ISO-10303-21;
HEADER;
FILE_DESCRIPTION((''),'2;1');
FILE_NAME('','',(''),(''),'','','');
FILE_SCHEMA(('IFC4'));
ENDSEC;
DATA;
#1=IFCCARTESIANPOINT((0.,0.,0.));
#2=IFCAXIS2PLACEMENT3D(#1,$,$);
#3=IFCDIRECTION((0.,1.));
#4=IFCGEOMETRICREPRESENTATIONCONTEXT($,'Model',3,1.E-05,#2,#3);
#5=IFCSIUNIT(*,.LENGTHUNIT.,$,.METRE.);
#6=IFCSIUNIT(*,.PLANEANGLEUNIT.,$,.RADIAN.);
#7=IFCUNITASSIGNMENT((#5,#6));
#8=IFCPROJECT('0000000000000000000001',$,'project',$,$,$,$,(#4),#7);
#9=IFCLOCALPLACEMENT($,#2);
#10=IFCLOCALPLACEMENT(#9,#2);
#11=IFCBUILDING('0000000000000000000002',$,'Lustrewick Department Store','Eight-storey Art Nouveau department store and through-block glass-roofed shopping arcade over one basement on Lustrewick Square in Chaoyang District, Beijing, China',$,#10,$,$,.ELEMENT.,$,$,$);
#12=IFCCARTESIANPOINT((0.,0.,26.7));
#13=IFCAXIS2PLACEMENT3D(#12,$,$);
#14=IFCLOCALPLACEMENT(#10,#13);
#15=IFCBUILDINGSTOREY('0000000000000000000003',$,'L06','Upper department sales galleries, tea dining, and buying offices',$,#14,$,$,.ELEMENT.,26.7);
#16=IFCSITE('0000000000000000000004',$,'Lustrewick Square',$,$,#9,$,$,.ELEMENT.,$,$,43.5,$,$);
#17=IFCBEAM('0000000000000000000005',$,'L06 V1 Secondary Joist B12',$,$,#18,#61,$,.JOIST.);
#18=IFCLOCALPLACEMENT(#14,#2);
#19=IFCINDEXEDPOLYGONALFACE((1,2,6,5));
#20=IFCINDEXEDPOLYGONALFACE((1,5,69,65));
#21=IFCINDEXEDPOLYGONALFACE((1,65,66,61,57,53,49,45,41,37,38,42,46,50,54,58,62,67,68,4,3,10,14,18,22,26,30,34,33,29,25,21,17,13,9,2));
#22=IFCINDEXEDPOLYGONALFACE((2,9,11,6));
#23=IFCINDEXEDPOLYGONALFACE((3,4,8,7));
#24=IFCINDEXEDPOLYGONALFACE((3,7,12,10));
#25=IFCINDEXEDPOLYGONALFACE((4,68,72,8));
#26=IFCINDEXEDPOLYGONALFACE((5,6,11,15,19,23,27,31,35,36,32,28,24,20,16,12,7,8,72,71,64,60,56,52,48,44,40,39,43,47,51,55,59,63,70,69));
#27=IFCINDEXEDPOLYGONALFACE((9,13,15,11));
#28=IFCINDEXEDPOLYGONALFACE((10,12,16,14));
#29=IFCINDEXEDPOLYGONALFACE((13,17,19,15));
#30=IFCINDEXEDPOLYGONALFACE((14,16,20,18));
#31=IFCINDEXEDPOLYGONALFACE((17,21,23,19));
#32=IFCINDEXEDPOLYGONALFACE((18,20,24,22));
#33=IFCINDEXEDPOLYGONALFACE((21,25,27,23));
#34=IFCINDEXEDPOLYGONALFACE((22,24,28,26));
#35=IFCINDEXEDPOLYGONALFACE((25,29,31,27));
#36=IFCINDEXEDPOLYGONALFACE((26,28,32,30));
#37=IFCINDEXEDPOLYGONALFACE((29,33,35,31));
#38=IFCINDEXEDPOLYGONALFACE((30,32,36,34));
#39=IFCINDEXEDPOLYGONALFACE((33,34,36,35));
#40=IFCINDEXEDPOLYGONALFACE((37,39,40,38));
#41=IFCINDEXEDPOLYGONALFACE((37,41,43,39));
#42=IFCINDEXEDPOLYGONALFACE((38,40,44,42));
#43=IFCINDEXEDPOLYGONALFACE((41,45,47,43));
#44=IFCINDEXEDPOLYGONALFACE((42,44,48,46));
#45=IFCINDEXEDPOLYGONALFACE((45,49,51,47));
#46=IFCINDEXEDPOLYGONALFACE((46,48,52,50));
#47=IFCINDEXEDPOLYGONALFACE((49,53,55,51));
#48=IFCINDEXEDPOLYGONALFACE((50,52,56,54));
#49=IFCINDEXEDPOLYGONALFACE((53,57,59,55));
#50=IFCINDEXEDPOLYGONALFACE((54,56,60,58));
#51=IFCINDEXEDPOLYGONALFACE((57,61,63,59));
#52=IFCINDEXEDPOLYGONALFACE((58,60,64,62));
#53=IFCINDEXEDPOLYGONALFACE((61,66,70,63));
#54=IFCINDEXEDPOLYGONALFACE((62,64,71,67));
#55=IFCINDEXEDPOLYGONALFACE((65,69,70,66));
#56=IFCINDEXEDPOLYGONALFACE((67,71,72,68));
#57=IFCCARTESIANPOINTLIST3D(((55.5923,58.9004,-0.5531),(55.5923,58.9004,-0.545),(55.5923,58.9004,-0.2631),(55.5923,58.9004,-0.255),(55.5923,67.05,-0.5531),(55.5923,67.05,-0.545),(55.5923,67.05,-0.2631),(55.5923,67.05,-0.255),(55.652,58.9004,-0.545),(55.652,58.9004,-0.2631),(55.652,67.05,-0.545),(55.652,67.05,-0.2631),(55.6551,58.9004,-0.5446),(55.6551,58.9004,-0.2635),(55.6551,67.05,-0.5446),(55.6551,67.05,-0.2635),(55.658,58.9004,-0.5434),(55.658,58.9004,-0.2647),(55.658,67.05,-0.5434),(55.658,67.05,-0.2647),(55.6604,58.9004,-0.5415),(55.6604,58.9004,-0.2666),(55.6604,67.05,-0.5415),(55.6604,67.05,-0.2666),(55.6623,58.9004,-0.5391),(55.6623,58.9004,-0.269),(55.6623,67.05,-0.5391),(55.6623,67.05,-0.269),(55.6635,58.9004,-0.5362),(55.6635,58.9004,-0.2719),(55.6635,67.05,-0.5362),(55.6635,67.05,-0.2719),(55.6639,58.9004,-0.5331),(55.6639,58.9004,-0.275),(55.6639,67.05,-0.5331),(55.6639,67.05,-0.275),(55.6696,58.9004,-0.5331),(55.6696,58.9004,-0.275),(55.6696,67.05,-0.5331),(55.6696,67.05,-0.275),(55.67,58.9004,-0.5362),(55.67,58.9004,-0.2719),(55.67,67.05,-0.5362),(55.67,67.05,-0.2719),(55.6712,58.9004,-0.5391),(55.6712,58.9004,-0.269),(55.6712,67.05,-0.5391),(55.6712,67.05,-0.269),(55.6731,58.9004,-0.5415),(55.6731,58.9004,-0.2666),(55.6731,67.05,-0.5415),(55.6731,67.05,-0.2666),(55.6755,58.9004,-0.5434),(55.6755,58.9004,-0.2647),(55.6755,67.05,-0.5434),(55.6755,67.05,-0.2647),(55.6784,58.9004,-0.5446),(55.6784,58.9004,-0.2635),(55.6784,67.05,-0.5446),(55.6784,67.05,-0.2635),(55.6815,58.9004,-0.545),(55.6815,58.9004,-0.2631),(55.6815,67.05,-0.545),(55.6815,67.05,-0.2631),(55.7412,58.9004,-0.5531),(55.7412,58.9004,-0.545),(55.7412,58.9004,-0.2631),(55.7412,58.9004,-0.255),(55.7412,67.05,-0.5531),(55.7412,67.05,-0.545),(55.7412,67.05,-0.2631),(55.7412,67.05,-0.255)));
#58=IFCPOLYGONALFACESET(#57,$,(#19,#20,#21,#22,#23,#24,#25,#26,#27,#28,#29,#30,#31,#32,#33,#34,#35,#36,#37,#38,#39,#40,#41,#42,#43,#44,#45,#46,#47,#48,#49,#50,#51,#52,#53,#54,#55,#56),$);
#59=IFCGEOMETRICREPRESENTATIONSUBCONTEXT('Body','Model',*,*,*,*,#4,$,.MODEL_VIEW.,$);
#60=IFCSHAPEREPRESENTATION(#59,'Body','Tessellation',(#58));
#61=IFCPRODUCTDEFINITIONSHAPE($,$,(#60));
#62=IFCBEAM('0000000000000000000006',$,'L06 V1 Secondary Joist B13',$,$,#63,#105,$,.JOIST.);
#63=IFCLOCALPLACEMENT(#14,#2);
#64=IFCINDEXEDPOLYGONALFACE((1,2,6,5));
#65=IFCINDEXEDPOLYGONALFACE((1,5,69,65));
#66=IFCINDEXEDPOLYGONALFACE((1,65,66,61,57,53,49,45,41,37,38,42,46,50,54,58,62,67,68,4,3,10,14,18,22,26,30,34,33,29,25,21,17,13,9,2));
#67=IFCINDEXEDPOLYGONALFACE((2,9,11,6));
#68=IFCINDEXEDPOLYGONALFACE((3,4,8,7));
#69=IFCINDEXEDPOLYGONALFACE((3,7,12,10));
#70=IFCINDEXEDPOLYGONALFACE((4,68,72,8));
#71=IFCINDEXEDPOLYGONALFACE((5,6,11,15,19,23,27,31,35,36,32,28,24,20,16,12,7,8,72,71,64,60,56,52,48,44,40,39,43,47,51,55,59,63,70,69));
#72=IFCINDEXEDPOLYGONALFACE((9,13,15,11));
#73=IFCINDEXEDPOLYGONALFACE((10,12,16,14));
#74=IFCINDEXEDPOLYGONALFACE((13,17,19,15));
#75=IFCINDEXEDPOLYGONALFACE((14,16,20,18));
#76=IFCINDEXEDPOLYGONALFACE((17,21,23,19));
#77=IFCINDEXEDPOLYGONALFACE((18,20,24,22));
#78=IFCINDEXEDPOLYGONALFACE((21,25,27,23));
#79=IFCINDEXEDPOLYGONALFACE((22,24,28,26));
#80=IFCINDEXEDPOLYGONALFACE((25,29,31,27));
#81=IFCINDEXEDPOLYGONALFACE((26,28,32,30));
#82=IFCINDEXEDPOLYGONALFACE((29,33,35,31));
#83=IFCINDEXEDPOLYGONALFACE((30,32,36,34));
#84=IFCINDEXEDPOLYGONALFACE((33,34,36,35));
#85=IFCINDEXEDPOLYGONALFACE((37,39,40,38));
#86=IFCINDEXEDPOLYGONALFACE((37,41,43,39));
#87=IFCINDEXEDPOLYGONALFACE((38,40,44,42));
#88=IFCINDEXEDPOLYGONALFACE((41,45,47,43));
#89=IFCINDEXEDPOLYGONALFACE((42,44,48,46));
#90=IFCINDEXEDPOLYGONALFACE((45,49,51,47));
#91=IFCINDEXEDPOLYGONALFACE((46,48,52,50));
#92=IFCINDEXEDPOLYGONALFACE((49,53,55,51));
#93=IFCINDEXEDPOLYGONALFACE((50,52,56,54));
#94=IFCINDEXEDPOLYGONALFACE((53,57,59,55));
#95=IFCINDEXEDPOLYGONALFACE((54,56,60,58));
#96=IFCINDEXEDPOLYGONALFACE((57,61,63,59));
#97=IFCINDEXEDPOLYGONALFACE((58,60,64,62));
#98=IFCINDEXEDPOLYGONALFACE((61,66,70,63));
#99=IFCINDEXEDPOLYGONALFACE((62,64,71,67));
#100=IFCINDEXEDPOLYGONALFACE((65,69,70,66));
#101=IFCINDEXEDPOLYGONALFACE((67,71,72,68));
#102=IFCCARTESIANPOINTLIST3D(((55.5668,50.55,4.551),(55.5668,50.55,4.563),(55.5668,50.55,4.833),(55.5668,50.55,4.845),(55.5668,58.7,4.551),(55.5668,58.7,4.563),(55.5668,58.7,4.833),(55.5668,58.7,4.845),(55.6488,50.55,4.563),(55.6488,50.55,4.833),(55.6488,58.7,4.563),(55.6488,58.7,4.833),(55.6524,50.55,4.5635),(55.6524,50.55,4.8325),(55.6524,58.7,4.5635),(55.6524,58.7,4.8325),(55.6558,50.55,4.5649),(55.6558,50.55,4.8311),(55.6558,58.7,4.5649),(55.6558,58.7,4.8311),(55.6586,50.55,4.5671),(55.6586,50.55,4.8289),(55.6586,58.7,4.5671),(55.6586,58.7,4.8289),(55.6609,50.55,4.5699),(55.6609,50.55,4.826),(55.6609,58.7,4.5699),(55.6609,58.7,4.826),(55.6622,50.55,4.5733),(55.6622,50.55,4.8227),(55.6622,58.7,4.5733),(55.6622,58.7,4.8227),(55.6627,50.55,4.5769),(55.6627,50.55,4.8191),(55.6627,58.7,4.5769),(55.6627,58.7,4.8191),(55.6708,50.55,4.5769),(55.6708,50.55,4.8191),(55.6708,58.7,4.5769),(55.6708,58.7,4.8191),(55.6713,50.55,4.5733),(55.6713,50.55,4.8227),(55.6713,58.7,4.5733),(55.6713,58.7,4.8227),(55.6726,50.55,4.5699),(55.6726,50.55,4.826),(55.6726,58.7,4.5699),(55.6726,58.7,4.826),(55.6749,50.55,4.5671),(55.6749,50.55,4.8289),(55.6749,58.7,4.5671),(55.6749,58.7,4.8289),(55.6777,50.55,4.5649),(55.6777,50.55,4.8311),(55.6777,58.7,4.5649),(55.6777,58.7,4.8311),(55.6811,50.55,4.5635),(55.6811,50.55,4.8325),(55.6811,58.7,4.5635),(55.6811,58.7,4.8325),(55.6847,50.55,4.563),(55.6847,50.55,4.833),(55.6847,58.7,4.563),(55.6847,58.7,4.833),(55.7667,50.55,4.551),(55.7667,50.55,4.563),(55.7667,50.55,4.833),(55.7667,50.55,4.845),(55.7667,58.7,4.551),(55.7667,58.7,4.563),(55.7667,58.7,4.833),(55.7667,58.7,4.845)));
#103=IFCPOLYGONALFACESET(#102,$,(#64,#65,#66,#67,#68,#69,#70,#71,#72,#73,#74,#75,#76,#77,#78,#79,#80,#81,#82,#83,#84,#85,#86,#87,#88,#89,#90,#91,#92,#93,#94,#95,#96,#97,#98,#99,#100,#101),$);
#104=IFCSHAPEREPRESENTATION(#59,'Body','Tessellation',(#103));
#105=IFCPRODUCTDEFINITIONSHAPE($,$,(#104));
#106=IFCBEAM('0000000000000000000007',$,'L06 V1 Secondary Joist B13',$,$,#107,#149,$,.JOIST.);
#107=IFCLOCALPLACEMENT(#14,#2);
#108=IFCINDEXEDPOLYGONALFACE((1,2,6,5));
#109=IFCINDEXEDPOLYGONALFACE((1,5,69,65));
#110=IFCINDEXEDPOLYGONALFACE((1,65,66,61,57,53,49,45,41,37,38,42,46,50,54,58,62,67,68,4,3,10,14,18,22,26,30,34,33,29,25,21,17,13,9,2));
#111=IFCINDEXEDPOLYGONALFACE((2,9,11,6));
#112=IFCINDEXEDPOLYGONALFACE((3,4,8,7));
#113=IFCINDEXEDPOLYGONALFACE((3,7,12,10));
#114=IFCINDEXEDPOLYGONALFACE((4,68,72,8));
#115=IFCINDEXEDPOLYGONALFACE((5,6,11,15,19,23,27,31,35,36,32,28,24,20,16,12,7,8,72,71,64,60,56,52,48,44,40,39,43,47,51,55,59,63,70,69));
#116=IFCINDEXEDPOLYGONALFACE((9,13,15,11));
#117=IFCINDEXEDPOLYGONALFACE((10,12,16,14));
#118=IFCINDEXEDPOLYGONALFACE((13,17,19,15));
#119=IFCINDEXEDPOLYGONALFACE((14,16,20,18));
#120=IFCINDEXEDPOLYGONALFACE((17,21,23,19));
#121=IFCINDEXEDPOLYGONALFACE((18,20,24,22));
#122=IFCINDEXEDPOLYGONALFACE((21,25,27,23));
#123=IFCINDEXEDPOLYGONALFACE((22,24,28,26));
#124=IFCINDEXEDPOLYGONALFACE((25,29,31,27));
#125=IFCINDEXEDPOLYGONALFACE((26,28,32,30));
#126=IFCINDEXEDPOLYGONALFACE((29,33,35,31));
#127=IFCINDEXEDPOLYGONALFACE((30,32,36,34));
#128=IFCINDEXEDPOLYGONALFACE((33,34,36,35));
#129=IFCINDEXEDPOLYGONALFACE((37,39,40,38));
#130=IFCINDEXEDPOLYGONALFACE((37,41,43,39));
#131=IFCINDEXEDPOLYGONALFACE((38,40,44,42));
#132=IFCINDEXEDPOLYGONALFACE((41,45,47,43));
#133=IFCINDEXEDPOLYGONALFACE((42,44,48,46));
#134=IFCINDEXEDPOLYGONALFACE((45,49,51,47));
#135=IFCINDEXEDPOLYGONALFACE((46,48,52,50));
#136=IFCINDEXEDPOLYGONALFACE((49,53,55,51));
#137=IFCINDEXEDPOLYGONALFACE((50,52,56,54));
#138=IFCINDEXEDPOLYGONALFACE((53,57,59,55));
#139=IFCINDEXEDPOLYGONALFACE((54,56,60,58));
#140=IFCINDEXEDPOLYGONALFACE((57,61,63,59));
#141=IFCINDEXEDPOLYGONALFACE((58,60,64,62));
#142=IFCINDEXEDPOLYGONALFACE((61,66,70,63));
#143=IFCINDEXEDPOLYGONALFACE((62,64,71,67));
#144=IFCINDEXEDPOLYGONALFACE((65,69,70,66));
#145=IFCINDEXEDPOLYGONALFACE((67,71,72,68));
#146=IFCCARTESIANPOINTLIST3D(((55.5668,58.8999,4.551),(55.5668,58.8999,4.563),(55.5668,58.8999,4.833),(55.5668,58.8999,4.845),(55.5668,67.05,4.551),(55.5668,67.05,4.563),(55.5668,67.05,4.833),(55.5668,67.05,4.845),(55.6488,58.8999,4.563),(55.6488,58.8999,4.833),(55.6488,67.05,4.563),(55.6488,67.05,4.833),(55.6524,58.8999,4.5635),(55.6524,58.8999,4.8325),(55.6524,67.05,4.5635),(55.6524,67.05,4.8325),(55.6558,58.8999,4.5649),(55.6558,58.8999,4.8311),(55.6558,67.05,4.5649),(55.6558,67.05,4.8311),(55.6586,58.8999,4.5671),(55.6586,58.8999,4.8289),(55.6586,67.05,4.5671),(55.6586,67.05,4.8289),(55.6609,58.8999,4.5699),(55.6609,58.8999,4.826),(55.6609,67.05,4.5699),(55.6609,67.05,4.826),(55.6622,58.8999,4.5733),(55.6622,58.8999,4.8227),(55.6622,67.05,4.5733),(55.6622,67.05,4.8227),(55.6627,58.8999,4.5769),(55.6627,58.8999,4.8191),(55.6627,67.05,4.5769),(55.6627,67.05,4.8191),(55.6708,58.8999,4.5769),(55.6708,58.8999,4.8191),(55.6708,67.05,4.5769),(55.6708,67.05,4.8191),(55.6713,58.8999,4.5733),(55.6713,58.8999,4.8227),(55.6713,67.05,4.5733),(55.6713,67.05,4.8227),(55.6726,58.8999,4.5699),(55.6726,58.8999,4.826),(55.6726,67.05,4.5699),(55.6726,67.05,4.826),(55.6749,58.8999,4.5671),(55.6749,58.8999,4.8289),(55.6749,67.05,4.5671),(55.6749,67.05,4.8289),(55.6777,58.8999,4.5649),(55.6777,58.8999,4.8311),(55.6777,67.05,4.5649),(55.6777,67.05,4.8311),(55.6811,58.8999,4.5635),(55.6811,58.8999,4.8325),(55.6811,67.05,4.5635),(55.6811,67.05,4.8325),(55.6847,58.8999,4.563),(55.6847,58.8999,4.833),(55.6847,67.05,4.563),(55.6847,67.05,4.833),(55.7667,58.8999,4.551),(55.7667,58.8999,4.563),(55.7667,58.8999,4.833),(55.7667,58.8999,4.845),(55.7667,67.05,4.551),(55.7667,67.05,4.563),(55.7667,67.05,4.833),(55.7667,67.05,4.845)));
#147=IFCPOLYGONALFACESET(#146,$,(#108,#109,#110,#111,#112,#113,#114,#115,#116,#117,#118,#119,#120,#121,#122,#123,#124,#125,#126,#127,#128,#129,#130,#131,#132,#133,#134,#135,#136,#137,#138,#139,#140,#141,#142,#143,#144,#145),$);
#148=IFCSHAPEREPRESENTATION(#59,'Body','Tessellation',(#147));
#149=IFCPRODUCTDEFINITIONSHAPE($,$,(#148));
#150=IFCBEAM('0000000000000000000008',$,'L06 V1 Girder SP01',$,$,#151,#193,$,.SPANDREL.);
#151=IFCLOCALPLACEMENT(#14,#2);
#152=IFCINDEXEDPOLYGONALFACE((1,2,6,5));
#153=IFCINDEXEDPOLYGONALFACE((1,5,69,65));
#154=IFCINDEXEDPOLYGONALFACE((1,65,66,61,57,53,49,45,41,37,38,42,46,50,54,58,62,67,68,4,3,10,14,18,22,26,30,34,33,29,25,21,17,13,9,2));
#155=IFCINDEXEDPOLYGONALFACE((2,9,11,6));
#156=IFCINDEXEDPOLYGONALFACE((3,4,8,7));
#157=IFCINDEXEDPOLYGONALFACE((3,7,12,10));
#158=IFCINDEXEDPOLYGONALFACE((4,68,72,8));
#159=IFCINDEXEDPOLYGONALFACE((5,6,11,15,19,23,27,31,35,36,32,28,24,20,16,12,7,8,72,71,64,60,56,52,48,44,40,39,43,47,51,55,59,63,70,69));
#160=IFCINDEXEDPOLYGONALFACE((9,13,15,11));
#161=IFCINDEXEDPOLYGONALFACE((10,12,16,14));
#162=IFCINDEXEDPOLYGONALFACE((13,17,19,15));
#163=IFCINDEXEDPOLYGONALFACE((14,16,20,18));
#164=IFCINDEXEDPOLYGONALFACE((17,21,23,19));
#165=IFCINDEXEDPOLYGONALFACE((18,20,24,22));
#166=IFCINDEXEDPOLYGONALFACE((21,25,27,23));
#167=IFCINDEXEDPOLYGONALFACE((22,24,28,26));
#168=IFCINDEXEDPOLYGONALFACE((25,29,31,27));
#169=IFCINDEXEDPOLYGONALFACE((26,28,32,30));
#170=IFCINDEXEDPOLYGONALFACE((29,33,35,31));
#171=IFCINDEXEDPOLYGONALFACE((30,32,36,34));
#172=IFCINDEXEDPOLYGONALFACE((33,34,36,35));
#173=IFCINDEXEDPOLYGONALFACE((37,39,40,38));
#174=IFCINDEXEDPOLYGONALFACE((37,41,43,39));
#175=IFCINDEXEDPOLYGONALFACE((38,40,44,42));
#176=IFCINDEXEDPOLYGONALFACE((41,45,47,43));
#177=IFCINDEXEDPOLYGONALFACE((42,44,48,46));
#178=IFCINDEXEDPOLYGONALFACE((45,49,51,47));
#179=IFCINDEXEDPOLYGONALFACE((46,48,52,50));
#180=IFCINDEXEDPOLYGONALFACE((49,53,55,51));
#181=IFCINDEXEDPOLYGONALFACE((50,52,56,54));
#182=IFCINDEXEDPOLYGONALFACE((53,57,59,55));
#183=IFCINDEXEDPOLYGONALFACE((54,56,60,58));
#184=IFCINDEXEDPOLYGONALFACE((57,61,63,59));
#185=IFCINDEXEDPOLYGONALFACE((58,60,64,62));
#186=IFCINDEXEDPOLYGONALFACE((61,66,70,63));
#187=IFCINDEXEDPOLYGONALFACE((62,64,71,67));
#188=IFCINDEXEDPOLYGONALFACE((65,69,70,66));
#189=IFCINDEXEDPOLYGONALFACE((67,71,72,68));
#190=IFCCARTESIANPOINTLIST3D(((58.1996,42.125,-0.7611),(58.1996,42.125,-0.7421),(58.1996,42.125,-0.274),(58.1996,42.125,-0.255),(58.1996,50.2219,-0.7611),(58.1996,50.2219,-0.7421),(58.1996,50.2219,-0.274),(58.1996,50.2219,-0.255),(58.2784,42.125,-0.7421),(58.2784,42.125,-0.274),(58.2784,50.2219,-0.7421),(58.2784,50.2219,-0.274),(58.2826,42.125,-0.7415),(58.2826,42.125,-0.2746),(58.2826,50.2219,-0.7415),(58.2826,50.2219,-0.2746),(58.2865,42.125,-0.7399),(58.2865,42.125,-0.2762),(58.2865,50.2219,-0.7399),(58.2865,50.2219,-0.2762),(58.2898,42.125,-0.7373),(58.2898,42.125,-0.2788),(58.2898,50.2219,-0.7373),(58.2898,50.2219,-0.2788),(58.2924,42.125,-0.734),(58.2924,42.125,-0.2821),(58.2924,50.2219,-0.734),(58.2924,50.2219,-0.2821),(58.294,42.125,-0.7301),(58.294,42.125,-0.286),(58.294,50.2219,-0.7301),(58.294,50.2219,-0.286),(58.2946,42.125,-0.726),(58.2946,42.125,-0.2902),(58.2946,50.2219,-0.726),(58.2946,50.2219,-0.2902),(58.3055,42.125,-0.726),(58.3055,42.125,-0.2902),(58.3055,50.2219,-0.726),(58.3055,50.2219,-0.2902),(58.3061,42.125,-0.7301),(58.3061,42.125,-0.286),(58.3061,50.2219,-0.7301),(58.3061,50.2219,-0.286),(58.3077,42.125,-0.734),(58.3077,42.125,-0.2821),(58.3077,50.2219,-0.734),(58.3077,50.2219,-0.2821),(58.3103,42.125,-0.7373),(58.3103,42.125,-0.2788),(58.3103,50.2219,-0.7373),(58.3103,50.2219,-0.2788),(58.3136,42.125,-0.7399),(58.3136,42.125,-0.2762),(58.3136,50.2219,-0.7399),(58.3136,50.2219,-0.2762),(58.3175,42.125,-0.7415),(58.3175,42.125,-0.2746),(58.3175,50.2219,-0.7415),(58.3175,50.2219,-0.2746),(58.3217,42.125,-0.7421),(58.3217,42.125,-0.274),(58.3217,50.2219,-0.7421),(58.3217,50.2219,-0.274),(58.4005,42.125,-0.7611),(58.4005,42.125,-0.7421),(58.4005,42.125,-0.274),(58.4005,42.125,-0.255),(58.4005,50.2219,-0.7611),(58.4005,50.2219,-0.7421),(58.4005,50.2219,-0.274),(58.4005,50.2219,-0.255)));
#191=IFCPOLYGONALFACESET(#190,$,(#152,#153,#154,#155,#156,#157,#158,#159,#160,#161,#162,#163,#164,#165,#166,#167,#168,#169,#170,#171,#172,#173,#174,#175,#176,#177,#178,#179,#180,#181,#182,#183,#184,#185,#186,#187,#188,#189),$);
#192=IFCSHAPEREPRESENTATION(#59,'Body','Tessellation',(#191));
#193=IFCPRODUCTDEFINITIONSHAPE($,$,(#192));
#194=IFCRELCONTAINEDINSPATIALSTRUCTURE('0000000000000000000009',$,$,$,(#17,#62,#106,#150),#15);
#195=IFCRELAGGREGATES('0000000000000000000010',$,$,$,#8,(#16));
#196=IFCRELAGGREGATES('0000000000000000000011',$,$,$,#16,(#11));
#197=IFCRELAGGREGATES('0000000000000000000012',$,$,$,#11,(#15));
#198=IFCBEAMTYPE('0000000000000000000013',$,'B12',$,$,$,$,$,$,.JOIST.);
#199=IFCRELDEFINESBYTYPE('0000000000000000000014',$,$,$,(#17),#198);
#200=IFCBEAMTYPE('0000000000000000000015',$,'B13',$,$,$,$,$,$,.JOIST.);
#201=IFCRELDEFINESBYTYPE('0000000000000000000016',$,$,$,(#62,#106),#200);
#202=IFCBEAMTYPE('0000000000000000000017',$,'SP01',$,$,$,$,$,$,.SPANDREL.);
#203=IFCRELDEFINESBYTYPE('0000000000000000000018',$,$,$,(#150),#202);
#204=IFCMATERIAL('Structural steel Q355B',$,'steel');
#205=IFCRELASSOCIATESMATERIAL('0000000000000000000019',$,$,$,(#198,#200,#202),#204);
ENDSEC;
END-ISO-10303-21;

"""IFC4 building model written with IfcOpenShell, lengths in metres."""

from ifc_helpers import new_model, si_unit, direction, frame, origin, origin_2d, place, context, subcontext, project, spatial, i_section, extrude, material, material_profile, profile_set, type_object, element, save


model = new_model("IFC4")

# Units and contexts
model_context = context("Model", 3, precision=1e-05, world=origin(), true_north=direction((0.0, 1.0)))
body_context = subcontext(model_context, "Body", "Model", "MODEL_VIEW")
ifc_project = project(units=[si_unit("LENGTHUNIT", "METRE"), si_unit("PLANEANGLEUNIT", "RADIAN")], contexts=[model_context])

# Site, building, storey
site_placement = place(None, origin())
site = spatial("IfcSite", under=ifc_project, at=site_placement, Name="Lustrewick Square", CompositionType="ELEMENT", RefElevation=43.5)
building_placement = place(site_placement, origin())
building = spatial("IfcBuilding", under=site, at=building_placement, Name="Lustrewick Department Store", Description="Eight-storey Art Nouveau department store and through-block glass-roofed shopping arcade over one basement on Lustrewick Square in Chaoyang District, Beijing, China", CompositionType="ELEMENT")
storey_placement = place(building_placement, frame((0.0, 0.0, 26.7)))
storey = spatial("IfcBuildingStorey", under=building, at=storey_placement, Name="L06", Description="Upper department sales galleries, tea dining, and buying offices", CompositionType="ELEMENT", Elevation=26.7)

# Shared definitions
ifc_material_1 = material(Name="Structural steel Q355B", Category="steel")

# Beams
ifc_material_profile_1 = material_profile(ifc_material_1, i_section(OverallWidth=0.1489, OverallDepth=0.2981, WebThickness=0.0056, FlangeThickness=0.0081, FilletRadius=0.012, at=origin_2d()), Name="HN 298x149x5.5x8")
ifc_profile_set_1 = profile_set([ifc_material_profile_1], Name="Structural steel Q355B")
beam_type_1 = type_object("IfcBeamType", Name="B12", PredefinedType="JOIST", material=ifc_profile_set_1)
beam_1_placement = place(storey_placement, frame((55.6667, 58.9004, -0.4041), z_axis=(0.0, 1.0, 0.0), x_axis=(-1.0, 0.0, 0.0)))
element("IfcBeam", 1, at=beam_1_placement, inside=storey, type_object=beam_type_1, Name="L06 V1 Secondary Joist B12", PredefinedType="JOIST", context=body_context, shape_type="SweptSolid", body=[
    extrude(i_section(OverallWidth=0.1489, OverallDepth=0.2981, WebThickness=0.0056, FlangeThickness=0.0081, FilletRadius=0.012, at=origin_2d()), origin(), (0.0, 0.0, 1.0), 8.1497),
])
ifc_material_profile_2 = material_profile(ifc_material_1, i_section(OverallWidth=0.2, OverallDepth=0.2939, WebThickness=0.0081, FlangeThickness=0.012, FilletRadius=0.0139, at=origin_2d()), Name="HM 294x200x8x12")
ifc_profile_set_2 = profile_set([ifc_material_profile_2], Name="Structural steel Q355B")
beam_type_2 = type_object("IfcBeamType", Name="B13", PredefinedType="JOIST", material=ifc_profile_set_2)
beam_2_placement = place(storey_placement, frame((55.6667, 50.55, 4.698), z_axis=(0.0, 1.0, 0.0), x_axis=(-1.0, 0.0, 0.0)))
element("IfcBeam", 2, at=beam_2_placement, inside=storey, type_object=beam_type_2, Name="L06 V1 Secondary Joist B13", PredefinedType="JOIST", context=body_context, shape_type="SweptSolid", body=[
    extrude(i_section(OverallWidth=0.2, OverallDepth=0.2939, WebThickness=0.0081, FlangeThickness=0.012, FilletRadius=0.0139, at=origin_2d()), origin(), (0.0, 0.0, 1.0), 8.1499),
])
beam_3_placement = place(storey_placement, frame((55.6667, 58.8999, 4.698), z_axis=(0.0, 1.0, 0.0), x_axis=(-1.0, 0.0, 0.0)))
element("IfcBeam", 3, at=beam_3_placement, inside=storey, type_object=beam_type_2, Name="L06 V1 Secondary Joist B13", PredefinedType="JOIST", context=body_context, shape_type="SweptSolid", body=[
    extrude(i_section(OverallWidth=0.2, OverallDepth=0.2939, WebThickness=0.0081, FlangeThickness=0.012, FilletRadius=0.0139, at=origin_2d()), origin(), (0.0, 0.0, 1.0), 8.1501),
])
ifc_material_profile_3 = material_profile(ifc_material_1, i_section(OverallWidth=0.2009, OverallDepth=0.5061, WebThickness=0.011, FlangeThickness=0.019, FilletRadius=0.0161, at=origin_2d()), Name="HN 506x201x11x19")
ifc_profile_set_3 = profile_set([ifc_material_profile_3], Name="Structural steel Q355B")
beam_type_3 = type_object("IfcBeamType", Name="SP01", PredefinedType="SPANDREL", material=ifc_profile_set_3)
beam_4_placement = place(storey_placement, frame((58.3, 42.125, -0.5081), z_axis=(0.0, 1.0, 0.0), x_axis=(-1.0, 0.0, 0.0)))
element("IfcBeam", 4, at=beam_4_placement, inside=storey, type_object=beam_type_3, Name="L06 V1 Girder SP01", PredefinedType="SPANDREL", context=body_context, shape_type="SweptSolid", body=[
    extrude(i_section(OverallWidth=0.2009, OverallDepth=0.5061, WebThickness=0.011, FlangeThickness=0.019, FilletRadius=0.0161, at=origin_2d()), origin(), (0.0, 0.0, 1.0), 8.0969),
])

save(model, "model.ifc")
